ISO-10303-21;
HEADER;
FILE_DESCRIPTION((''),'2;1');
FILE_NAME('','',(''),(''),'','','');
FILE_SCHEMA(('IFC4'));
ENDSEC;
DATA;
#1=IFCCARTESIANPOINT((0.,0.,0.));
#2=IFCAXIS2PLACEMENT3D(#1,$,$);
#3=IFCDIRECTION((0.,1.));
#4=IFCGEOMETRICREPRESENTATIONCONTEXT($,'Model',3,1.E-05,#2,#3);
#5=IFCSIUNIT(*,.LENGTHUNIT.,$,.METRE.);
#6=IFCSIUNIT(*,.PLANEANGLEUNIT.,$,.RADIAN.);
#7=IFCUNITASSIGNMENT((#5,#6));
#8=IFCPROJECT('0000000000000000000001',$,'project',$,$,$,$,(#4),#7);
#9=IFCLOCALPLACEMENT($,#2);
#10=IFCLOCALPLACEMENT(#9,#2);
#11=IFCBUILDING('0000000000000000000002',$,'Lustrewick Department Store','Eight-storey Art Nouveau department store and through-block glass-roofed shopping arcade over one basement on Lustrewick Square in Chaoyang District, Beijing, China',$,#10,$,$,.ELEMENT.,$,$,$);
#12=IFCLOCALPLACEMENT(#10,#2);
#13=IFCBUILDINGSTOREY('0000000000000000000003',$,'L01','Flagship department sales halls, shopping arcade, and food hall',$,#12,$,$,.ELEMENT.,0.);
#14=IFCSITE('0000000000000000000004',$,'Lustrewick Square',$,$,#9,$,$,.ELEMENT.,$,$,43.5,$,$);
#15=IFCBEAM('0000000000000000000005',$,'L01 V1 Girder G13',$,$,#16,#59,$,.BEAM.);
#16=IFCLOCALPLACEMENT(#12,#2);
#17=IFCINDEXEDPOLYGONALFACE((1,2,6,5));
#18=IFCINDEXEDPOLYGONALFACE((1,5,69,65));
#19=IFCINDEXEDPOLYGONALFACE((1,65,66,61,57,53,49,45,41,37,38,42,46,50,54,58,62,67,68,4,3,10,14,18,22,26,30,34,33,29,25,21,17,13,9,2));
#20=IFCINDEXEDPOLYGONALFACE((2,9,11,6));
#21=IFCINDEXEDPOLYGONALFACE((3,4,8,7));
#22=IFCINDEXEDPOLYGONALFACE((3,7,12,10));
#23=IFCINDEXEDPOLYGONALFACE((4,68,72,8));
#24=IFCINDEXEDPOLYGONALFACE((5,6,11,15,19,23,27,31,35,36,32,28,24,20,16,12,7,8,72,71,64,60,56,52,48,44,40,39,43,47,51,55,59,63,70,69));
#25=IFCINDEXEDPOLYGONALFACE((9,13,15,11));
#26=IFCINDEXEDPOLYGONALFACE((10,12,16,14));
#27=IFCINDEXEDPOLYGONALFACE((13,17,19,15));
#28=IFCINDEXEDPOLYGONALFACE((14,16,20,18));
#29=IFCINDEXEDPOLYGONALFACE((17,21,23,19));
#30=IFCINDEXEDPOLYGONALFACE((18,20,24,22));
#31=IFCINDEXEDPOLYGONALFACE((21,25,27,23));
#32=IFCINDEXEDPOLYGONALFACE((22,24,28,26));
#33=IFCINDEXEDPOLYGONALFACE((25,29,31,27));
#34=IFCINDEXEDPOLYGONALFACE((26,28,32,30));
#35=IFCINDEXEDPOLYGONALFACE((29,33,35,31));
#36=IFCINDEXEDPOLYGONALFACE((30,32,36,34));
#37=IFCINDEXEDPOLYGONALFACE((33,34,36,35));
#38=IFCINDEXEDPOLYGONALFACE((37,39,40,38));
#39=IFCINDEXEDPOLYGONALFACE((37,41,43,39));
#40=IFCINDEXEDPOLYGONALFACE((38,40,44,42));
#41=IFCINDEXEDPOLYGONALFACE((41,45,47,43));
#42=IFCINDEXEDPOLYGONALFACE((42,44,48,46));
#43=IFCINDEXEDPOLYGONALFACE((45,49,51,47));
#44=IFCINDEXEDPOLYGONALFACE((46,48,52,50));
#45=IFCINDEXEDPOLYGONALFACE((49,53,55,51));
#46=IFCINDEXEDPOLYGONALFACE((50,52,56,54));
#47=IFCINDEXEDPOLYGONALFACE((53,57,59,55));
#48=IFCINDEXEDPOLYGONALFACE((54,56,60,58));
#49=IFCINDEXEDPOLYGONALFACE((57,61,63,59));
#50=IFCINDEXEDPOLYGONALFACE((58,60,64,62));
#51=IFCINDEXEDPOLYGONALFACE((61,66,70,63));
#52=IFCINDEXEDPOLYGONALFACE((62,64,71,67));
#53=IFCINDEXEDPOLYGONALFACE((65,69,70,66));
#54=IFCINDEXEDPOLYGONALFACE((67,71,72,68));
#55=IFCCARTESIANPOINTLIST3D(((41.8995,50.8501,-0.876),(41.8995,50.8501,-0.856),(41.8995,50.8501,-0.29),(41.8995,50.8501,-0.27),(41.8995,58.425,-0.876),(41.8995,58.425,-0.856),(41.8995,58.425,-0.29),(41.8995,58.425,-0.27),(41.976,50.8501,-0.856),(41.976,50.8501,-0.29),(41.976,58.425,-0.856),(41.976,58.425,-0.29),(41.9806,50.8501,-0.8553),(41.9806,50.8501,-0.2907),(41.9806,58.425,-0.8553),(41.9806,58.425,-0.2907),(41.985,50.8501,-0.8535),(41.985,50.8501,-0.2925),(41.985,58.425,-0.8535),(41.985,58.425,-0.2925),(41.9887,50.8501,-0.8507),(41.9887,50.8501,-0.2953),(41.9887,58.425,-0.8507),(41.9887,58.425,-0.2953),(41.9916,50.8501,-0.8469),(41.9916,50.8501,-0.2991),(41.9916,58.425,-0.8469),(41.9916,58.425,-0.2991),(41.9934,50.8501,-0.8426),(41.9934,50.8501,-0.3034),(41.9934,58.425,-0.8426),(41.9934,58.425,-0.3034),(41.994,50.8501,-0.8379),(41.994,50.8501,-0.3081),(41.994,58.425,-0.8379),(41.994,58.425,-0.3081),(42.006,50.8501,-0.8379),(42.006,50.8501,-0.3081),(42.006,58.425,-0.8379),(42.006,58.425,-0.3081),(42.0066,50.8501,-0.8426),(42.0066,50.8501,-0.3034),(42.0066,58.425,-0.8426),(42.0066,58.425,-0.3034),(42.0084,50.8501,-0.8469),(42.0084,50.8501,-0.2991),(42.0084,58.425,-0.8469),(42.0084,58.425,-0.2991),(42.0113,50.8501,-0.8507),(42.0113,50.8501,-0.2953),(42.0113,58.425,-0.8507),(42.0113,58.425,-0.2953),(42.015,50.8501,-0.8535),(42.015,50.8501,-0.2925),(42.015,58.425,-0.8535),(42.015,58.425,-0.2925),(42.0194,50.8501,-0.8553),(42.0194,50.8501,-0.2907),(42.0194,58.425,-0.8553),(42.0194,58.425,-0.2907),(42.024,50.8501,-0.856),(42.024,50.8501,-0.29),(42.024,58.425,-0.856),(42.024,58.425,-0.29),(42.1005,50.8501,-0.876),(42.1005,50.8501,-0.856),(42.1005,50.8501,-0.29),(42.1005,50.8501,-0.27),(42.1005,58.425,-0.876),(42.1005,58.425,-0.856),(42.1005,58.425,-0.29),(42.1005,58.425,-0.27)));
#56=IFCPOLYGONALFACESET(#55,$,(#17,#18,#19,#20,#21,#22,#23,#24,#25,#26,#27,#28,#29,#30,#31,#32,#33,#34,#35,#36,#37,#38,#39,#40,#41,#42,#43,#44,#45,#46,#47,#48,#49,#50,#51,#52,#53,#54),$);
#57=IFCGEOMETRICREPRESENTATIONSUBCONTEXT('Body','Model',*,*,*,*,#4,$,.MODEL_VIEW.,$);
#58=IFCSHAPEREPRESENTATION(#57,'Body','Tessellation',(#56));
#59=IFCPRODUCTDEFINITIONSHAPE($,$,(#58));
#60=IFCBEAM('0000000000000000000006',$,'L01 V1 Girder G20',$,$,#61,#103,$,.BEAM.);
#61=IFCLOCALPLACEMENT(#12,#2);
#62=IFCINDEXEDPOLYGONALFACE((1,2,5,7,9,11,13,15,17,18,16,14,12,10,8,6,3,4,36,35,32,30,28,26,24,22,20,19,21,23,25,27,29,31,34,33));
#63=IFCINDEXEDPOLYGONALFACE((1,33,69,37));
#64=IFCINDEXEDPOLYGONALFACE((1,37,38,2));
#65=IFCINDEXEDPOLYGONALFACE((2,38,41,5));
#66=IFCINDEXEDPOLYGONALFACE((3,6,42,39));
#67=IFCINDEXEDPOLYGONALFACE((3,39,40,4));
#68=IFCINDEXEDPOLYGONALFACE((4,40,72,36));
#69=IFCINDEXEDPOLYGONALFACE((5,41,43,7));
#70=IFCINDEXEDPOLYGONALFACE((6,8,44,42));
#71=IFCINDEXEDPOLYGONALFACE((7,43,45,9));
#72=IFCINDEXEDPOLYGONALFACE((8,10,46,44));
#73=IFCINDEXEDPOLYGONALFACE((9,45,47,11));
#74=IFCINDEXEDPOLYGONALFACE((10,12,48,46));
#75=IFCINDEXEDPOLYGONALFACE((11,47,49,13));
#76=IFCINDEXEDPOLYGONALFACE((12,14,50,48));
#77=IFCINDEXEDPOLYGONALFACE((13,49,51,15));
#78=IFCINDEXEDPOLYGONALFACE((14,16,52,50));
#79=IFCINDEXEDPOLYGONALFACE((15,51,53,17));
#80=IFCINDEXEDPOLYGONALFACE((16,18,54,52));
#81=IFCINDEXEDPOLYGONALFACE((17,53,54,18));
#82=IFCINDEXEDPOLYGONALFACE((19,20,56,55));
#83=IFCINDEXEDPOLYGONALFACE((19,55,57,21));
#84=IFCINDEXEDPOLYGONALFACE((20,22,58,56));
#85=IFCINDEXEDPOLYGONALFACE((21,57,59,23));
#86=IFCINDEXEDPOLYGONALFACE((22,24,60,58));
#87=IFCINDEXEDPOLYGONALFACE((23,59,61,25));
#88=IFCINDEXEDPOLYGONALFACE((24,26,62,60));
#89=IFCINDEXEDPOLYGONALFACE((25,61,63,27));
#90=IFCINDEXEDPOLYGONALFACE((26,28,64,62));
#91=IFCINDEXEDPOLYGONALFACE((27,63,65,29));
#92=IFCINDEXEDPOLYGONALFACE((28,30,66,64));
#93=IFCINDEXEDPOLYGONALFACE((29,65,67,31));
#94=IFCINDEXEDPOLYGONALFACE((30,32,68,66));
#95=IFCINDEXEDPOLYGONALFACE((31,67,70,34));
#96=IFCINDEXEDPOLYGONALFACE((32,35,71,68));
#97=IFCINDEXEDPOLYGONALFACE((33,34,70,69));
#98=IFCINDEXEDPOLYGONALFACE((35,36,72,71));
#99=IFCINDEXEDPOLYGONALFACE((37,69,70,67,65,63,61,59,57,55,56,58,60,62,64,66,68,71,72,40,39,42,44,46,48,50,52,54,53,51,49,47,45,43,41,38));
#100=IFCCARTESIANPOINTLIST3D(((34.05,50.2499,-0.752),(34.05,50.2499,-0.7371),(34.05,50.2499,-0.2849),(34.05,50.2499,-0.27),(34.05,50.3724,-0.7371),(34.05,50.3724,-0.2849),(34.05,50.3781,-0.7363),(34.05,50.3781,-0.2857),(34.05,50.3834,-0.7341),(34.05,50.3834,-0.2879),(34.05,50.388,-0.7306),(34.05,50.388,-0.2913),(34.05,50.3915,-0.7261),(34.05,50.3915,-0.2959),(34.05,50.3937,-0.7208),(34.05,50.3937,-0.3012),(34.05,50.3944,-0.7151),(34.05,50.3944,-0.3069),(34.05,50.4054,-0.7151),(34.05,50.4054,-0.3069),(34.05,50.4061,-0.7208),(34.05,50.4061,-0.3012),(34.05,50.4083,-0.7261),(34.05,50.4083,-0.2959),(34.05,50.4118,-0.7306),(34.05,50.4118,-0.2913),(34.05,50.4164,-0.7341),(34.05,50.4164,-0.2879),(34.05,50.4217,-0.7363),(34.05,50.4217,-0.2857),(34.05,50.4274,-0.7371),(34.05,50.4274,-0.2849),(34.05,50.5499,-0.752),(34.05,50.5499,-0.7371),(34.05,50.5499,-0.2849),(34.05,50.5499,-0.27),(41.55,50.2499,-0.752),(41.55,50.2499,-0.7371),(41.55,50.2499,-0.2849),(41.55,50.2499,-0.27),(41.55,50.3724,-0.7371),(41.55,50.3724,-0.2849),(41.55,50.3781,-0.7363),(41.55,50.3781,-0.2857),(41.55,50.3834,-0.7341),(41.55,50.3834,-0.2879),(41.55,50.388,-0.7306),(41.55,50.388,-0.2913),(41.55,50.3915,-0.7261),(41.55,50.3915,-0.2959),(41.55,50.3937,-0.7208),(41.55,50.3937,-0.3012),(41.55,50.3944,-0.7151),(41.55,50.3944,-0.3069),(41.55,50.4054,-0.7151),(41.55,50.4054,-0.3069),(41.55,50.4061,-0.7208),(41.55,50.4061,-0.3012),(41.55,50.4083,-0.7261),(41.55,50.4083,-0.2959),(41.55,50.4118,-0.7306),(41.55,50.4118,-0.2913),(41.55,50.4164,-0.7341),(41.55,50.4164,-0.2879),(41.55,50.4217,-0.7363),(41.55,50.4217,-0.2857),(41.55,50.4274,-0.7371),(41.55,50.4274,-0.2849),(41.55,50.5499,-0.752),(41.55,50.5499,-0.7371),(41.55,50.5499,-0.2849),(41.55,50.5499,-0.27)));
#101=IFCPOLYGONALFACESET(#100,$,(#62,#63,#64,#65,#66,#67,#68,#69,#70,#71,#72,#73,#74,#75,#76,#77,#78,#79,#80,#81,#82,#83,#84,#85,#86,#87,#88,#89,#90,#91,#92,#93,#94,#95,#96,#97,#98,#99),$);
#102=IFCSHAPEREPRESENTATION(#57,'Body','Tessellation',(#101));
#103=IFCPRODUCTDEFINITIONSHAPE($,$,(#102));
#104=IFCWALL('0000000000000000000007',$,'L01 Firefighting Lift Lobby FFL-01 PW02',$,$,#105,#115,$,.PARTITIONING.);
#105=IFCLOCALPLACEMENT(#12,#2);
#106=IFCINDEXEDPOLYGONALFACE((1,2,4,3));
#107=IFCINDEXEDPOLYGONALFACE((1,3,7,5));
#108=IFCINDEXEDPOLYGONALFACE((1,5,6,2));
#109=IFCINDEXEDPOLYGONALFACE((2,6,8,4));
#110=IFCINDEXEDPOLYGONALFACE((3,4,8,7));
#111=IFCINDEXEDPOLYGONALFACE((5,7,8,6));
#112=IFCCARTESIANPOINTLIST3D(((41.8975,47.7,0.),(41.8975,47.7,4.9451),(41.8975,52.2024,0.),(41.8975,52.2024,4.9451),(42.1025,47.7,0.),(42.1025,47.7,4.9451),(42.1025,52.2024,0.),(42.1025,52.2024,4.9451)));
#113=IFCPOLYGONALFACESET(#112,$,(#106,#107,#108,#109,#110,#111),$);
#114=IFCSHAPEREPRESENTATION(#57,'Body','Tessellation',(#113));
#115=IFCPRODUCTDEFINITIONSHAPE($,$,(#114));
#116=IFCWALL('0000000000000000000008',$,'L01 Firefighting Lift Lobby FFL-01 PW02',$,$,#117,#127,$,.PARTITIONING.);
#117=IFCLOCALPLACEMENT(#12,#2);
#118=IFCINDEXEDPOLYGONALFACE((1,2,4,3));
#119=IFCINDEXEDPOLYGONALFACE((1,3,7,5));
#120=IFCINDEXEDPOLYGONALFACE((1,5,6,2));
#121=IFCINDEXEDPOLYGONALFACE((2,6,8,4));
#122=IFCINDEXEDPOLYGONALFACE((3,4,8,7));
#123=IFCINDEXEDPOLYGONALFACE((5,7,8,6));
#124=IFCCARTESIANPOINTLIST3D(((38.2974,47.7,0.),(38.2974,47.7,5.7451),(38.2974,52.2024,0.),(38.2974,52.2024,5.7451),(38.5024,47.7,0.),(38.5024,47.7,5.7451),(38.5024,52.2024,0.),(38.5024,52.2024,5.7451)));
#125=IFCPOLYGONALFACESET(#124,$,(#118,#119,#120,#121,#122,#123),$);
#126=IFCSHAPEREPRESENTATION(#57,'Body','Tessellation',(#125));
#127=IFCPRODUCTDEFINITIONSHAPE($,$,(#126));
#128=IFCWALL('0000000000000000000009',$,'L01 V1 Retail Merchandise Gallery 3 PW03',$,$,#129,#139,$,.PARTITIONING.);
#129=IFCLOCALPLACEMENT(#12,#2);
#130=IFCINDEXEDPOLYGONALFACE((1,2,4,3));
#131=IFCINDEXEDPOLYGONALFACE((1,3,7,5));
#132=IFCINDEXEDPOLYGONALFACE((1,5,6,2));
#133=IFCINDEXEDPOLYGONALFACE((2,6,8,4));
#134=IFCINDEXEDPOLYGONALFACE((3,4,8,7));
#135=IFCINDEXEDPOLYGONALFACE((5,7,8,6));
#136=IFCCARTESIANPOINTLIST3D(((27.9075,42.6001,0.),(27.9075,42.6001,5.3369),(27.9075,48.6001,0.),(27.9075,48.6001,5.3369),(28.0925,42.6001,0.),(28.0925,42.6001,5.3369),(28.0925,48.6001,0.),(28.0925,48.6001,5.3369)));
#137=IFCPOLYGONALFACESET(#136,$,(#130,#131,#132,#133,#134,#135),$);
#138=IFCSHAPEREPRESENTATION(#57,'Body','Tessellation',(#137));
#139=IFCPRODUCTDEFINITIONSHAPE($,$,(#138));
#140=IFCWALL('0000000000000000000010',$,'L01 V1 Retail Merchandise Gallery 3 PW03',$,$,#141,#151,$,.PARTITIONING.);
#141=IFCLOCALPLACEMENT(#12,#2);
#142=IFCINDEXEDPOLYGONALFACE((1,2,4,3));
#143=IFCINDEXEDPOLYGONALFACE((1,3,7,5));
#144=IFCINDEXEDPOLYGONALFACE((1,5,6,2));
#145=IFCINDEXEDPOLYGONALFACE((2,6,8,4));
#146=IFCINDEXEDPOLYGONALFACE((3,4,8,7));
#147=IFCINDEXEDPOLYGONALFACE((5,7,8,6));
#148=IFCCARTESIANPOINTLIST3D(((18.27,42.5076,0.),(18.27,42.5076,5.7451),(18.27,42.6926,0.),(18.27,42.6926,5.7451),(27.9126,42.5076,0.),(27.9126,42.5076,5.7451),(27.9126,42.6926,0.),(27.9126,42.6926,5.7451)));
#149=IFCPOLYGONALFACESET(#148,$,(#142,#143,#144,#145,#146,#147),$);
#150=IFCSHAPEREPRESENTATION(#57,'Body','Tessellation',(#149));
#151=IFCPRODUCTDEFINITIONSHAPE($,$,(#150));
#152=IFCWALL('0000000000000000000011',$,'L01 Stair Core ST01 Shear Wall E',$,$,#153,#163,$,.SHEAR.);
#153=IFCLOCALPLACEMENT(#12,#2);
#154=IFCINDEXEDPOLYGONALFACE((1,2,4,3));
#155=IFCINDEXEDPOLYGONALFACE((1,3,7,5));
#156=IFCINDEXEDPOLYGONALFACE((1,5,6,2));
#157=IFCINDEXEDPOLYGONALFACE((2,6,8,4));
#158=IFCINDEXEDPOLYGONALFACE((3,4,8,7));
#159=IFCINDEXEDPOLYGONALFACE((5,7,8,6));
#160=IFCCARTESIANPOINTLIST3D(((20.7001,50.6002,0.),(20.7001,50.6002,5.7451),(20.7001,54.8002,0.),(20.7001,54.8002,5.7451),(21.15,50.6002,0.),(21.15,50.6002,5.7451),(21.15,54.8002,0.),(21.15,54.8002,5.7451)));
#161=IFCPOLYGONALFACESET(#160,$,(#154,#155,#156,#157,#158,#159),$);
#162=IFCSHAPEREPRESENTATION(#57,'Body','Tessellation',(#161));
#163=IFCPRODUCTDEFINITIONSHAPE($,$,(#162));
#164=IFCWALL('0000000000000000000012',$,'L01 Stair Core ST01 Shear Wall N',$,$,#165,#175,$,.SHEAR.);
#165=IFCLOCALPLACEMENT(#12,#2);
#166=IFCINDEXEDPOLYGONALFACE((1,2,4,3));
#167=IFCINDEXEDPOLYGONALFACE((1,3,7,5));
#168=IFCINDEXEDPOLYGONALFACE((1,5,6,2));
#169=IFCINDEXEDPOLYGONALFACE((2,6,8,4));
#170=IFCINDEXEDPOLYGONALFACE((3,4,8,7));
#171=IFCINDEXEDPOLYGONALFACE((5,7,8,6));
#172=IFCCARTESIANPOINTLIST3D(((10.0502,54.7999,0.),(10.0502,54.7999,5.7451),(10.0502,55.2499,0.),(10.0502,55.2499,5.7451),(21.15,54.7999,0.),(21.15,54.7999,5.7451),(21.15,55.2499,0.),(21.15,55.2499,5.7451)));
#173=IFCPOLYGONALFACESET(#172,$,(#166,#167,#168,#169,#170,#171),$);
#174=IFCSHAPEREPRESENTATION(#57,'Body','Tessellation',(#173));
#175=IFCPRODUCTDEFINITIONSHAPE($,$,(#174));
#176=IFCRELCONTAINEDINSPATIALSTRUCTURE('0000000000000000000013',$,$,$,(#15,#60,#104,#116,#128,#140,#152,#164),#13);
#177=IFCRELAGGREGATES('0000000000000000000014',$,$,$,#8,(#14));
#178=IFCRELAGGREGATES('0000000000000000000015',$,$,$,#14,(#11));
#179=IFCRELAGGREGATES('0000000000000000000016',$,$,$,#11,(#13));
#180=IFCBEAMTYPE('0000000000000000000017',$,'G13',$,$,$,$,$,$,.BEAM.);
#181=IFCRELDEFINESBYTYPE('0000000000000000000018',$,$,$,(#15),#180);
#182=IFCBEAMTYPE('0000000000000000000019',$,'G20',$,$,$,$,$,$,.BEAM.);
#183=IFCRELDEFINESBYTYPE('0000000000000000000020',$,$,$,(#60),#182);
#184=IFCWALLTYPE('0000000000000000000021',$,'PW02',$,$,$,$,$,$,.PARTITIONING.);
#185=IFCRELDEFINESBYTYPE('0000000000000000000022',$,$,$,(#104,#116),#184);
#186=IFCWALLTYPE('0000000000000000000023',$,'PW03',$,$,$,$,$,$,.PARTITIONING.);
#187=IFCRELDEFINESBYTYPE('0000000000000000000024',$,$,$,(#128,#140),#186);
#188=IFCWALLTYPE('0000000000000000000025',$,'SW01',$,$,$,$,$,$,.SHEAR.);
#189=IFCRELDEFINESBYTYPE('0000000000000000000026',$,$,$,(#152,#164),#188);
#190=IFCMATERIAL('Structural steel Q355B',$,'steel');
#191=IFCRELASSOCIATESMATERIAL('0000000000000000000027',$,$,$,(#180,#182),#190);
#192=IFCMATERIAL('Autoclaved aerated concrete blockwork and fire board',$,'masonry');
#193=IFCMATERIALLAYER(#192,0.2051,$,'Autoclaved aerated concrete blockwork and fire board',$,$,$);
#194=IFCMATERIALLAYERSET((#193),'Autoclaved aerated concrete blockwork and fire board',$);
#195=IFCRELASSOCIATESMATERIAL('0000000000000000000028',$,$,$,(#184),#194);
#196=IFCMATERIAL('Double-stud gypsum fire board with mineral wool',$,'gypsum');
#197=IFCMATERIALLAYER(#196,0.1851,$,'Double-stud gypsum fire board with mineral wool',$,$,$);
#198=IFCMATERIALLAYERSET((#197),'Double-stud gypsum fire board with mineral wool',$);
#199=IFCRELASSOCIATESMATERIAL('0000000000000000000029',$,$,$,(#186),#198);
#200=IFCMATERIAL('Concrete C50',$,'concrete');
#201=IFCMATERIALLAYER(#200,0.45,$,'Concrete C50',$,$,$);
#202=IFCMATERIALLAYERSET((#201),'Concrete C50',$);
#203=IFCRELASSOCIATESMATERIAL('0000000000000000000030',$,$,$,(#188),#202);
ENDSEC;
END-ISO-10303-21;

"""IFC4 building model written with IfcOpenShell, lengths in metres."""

from ifc_helpers import new_model, si_unit, direction, frame, frame_2d, origin, origin_2d, place, context, subcontext, project, spatial, rectangle, i_section, extrude, material, layer, layer_set, material_profile, profile_set, type_object, element, save


model = new_model("IFC4")

# Units and contexts
model_context = context("Model", 3, precision=1e-05, world=origin(), true_north=direction((0.0, 1.0)))
body_context = subcontext(model_context, "Body", "Model", "MODEL_VIEW")
ifc_project = project(units=[si_unit("LENGTHUNIT", "METRE"), si_unit("PLANEANGLEUNIT", "RADIAN")], contexts=[model_context])

# Site, building, storey
site_placement = place(None, origin())
site = spatial("IfcSite", under=ifc_project, at=site_placement, Name="Lustrewick Square", CompositionType="ELEMENT", RefElevation=43.5)
building_placement = place(site_placement, origin())
building = spatial("IfcBuilding", under=site, at=building_placement, Name="Lustrewick Department Store", Description="Eight-storey Art Nouveau department store and through-block glass-roofed shopping arcade over one basement on Lustrewick Square in Chaoyang District, Beijing, China", CompositionType="ELEMENT")
storey_placement = place(building_placement, origin())
storey = spatial("IfcBuildingStorey", under=building, at=storey_placement, Name="L01", Description="Flagship department sales halls, shopping arcade, and food hall", CompositionType="ELEMENT", Elevation=0.0)

# Beams
ifc_material_1 = material(Name="Structural steel Q355B", Category="steel")
ifc_material_profile_1 = material_profile(ifc_material_1, i_section(OverallWidth=0.2009, OverallDepth=0.606, WebThickness=0.012, FlangeThickness=0.02, FilletRadius=0.0181, at=origin_2d()), Name="HN 606x201x12x20")
ifc_profile_set_1 = profile_set([ifc_material_profile_1], Name="Structural steel Q355B")
beam_type_1 = type_object("IfcBeamType", Name="G13", PredefinedType="BEAM", material=ifc_profile_set_1)
beam_1_placement = place(storey_placement, frame((42.0, 50.8501, -0.573), z_axis=(0.0, 1.0, 0.0), x_axis=(-1.0, 0.0, 0.0)))
element("IfcBeam", 1, at=beam_1_placement, inside=storey, type_object=beam_type_1, Name="L01 V1 Girder G13", PredefinedType="BEAM", context=body_context, shape_type="SweptSolid", body=[
    extrude(i_section(OverallWidth=0.2009, OverallDepth=0.606, WebThickness=0.012, FlangeThickness=0.02, FilletRadius=0.0181, at=origin_2d()), origin(), (0.0, 0.0, 1.0), 7.575),
])
ifc_material_profile_2 = material_profile(ifc_material_1, i_section(OverallWidth=0.3, OverallDepth=0.4819, WebThickness=0.011, FlangeThickness=0.0149, FilletRadius=0.022, at=origin_2d()), Name="HM 482x300x11x15")
ifc_profile_set_2 = profile_set([ifc_material_profile_2], Name="Structural steel Q355B")
beam_type_2 = type_object("IfcBeamType", Name="G20", PredefinedType="BEAM", material=ifc_profile_set_2)
beam_2_placement = place(storey_placement, frame((34.05, 50.3999, -0.511), z_axis=(1.0, 0.0, 0.0), x_axis=(0.0, 1.0, 0.0)))
element("IfcBeam", 2, at=beam_2_placement, inside=storey, type_object=beam_type_2, Name="L01 V1 Girder G20", PredefinedType="BEAM", context=body_context, shape_type="SweptSolid", body=[
    extrude(i_section(OverallWidth=0.3, OverallDepth=0.4819, WebThickness=0.011, FlangeThickness=0.0149, FilletRadius=0.022, at=origin_2d()), origin(), (0.0, 0.0, 1.0), 7.5),
])

# Shared definitions
ifc_material_2 = material(Name="Autoclaved aerated concrete blockwork and fire board", Category="masonry")
ifc_layer_1 = layer(ifc_material_2, 0.2051, Name="Autoclaved aerated concrete blockwork and fire board")
ifc_layer_set_1 = layer_set([ifc_layer_1], Name="Autoclaved aerated concrete blockwork and fire board")
wall_type_1 = type_object("IfcWallType", Name="PW02", PredefinedType="PARTITIONING", material=ifc_layer_set_1)

# Walls
wall_1_placement = place(storey_placement, frame((42.0, 47.7, 0.0), z_axis=(0.0, 0.0, 1.0), x_axis=(0.0, 1.0, 0.0)))
element("IfcWall", 3, at=wall_1_placement, inside=storey, type_object=wall_type_1, Name="L01 Firefighting Lift Lobby FFL-01 PW02", PredefinedType="PARTITIONING", context=body_context, shape_type="SweptSolid", body=[
    extrude(rectangle(XDim=4.5024, YDim=0.2051, at=frame_2d((2.2512, 0.0))), origin(), (0.0, 0.0, 1.0), 4.9451),
])
wall_2_placement = place(storey_placement, frame((38.3999, 52.2024, 0.0), z_axis=(0.0, 0.0, 1.0), x_axis=(0.0, -1.0, 0.0)))
element("IfcWall", 4, at=wall_2_placement, inside=storey, type_object=wall_type_1, Name="L01 Firefighting Lift Lobby FFL-01 PW02", PredefinedType="PARTITIONING", context=body_context, shape_type="SweptSolid", body=[
    extrude(rectangle(XDim=4.5024, YDim=0.2051, at=frame_2d((2.2512, 0.0))), origin(), (0.0, 0.0, 1.0), 5.7451),
])
ifc_material_3 = material(Name="Double-stud gypsum fire board with mineral wool", Category="gypsum")
ifc_layer_2 = layer(ifc_material_3, 0.1851, Name="Double-stud gypsum fire board with mineral wool")
ifc_layer_set_2 = layer_set([ifc_layer_2], Name="Double-stud gypsum fire board with mineral wool")
wall_type_2 = type_object("IfcWallType", Name="PW03", PredefinedType="PARTITIONING", material=ifc_layer_set_2)
wall_3_placement = place(storey_placement, frame((28.0, 48.6001, 0.0), z_axis=(0.0, 0.0, 1.0), x_axis=(0.0, -1.0, 0.0)))
element("IfcWall", 5, at=wall_3_placement, inside=storey, type_object=wall_type_2, Name="L01 V1 Retail Merchandise Gallery 3 PW03", PredefinedType="PARTITIONING", context=body_context, shape_type="SweptSolid", body=[
    extrude(rectangle(XDim=6.0, YDim=0.1851, at=frame_2d((3.0, 0.0))), origin(), (0.0, 0.0, 1.0), 5.3369),
])
wall_4_placement = place(storey_placement, frame((27.9126, 42.6001, 0.0), z_axis=(0.0, 0.0, 1.0), x_axis=(-1.0, 0.0, 0.0)))
element("IfcWall", 6, at=wall_4_placement, inside=storey, type_object=wall_type_2, Name="L01 V1 Retail Merchandise Gallery 3 PW03", PredefinedType="PARTITIONING", context=body_context, shape_type="SweptSolid", body=[
    extrude(rectangle(XDim=9.6426, YDim=0.1851, at=frame_2d((4.8213, 0.0))), origin(), (0.0, 0.0, 1.0), 5.7451),
])
ifc_material_4 = material(Name="Concrete C50", Category="concrete")
ifc_layer_3 = layer(ifc_material_4, 0.45, Name="Concrete C50")
ifc_layer_set_3 = layer_set([ifc_layer_3], Name="Concrete C50")
wall_type_3 = type_object("IfcWallType", Name="SW01", PredefinedType="SHEAR", material=ifc_layer_set_3)
wall_5_placement = place(storey_placement, frame((20.925, 50.6001, 0.0), z_axis=(0.0, 0.0, 1.0), x_axis=(0.0, 1.0, 0.0)))
element("IfcWall", 7, at=wall_5_placement, inside=storey, type_object=wall_type_3, Name="L01 Stair Core ST01 Shear Wall E", PredefinedType="SHEAR", context=body_context, shape_type="SweptSolid", body=[
    extrude(rectangle(XDim=4.2, YDim=0.45, at=frame_2d((2.1001, 0.0))), origin(), (0.0, 0.0, 1.0), 5.7451),
])
wall_6_placement = place(storey_placement, frame((21.1499, 55.0249, 0.0), z_axis=(0.0, 0.0, 1.0), x_axis=(-1.0, 0.0, 0.0)))
element("IfcWall", 8, at=wall_6_placement, inside=storey, type_object=wall_type_3, Name="L01 Stair Core ST01 Shear Wall N", PredefinedType="SHEAR", context=body_context, shape_type="SweptSolid", body=[
    extrude(rectangle(XDim=11.0999, YDim=0.45, at=frame_2d((5.5498, 0.0))), origin(), (0.0, 0.0, 1.0), 5.7451),
])

save(model, "model.ifc")
